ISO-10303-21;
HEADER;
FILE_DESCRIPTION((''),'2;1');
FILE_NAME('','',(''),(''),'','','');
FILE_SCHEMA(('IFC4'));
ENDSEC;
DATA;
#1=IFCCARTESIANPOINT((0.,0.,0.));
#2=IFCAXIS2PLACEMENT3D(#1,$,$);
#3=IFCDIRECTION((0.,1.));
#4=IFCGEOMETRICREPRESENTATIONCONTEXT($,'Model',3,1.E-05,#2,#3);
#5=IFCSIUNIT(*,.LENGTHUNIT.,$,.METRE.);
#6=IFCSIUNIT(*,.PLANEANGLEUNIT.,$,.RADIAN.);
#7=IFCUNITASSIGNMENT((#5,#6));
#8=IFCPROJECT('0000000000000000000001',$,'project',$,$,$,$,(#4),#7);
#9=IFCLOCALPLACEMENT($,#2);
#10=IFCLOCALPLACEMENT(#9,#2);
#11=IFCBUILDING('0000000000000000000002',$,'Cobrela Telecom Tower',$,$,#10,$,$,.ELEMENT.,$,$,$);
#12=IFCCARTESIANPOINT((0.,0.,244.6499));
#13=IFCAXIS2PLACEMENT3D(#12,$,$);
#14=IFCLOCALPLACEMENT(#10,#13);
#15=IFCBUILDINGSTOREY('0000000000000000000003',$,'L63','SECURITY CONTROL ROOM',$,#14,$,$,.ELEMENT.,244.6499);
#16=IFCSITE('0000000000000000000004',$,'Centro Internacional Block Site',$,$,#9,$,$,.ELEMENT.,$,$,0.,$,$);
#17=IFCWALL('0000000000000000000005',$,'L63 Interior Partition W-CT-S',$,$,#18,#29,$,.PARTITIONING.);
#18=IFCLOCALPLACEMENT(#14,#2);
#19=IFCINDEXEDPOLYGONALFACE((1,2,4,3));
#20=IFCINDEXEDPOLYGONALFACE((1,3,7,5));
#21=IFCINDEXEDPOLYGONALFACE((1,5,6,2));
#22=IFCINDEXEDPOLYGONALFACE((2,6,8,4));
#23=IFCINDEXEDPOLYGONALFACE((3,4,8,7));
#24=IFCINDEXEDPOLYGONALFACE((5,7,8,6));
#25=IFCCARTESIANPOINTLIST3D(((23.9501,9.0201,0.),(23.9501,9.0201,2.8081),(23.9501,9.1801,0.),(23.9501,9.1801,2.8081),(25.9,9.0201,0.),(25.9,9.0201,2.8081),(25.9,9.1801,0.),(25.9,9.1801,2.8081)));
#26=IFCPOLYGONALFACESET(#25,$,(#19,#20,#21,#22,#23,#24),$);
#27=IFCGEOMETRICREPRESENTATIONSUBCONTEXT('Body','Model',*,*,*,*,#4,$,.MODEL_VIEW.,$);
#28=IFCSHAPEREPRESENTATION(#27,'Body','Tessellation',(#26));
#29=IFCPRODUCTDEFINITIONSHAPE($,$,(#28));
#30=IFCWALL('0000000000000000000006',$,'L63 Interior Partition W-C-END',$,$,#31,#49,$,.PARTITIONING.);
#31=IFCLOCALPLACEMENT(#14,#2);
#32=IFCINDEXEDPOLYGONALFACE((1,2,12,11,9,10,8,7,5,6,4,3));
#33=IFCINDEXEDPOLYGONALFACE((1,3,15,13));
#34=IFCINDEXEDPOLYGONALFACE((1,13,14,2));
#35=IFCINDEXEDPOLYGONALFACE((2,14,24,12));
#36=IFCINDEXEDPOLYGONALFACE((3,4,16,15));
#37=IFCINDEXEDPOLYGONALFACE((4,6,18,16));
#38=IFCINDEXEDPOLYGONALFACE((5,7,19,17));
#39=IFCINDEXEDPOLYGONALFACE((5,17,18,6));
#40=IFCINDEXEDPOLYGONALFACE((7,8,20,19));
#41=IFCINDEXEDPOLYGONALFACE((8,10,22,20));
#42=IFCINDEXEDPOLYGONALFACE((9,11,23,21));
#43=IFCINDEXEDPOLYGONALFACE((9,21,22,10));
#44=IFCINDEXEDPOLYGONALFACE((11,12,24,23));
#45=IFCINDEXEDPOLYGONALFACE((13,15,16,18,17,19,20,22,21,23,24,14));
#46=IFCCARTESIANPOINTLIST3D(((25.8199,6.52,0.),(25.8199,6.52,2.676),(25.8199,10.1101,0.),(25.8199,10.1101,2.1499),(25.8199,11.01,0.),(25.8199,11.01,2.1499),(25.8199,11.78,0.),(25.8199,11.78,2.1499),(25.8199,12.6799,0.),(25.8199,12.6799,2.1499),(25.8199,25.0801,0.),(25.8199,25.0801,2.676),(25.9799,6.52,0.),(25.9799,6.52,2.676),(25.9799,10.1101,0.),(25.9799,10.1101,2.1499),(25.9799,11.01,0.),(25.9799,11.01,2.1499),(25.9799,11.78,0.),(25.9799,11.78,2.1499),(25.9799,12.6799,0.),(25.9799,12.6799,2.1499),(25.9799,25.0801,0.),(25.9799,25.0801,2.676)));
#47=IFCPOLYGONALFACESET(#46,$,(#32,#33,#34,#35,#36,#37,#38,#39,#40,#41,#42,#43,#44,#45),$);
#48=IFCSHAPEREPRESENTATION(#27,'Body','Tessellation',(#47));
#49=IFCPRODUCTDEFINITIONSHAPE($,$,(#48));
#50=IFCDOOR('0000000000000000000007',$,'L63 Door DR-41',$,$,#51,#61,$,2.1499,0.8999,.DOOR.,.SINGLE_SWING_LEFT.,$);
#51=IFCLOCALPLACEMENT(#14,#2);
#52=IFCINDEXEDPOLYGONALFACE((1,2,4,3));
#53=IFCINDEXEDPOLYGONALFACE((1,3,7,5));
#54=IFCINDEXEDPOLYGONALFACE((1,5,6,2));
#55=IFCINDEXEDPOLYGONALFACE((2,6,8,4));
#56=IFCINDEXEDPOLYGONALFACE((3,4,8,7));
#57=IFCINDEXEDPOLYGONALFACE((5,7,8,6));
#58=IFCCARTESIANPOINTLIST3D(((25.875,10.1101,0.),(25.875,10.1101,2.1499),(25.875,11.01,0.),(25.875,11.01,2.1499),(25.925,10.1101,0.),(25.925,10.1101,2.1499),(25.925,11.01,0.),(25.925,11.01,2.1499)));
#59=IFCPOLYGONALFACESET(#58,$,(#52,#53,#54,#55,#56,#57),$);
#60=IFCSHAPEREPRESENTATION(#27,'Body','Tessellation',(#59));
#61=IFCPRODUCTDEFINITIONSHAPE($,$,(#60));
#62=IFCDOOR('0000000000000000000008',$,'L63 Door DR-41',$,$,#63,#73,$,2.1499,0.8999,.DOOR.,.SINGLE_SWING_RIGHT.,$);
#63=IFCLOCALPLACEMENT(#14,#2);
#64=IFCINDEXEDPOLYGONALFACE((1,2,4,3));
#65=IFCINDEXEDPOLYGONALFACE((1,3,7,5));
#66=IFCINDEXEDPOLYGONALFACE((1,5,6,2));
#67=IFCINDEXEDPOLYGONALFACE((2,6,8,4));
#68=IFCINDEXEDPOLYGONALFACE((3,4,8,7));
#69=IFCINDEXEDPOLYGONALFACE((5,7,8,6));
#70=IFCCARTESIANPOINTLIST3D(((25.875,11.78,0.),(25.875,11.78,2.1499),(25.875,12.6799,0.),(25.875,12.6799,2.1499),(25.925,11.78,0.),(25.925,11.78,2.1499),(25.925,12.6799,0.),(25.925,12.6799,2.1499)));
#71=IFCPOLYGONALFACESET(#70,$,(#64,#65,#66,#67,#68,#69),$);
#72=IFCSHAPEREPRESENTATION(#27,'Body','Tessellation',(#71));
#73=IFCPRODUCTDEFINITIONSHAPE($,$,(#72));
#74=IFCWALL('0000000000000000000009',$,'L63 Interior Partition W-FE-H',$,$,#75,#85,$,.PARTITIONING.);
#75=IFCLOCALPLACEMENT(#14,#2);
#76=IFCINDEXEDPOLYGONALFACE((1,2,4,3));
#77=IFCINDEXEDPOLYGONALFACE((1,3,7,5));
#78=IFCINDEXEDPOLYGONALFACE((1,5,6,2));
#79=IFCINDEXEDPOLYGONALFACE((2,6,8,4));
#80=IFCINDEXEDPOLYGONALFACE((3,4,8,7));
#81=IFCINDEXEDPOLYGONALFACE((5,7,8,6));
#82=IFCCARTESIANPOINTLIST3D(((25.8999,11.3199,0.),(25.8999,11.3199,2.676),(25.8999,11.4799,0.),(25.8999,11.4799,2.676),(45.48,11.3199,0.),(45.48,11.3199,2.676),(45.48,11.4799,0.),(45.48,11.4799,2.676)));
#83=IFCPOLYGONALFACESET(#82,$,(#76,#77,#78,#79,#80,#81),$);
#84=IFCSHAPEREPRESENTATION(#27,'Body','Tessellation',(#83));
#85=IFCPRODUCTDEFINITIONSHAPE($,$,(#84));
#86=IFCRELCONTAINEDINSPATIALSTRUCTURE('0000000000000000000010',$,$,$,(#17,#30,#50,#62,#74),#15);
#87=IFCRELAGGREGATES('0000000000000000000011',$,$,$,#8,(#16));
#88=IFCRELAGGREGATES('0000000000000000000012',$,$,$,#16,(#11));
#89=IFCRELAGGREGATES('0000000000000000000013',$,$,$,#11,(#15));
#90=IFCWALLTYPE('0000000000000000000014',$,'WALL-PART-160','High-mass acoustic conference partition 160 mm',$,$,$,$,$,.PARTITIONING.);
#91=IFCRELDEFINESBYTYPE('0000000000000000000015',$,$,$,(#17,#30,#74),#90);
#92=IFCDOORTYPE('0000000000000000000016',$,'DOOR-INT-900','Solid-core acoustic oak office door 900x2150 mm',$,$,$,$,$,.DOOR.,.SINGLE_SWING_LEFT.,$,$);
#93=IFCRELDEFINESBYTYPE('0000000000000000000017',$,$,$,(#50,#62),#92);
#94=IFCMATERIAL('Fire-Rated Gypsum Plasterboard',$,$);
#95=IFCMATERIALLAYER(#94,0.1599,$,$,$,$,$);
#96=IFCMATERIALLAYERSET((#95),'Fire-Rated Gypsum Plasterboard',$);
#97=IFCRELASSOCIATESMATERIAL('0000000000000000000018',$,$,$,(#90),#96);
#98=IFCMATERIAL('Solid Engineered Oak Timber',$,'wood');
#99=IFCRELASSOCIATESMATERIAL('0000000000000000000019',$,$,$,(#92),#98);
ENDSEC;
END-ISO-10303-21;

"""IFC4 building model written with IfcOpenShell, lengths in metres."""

from ifc_helpers import new_model, si_unit, direction, frame, frame_2d, origin, place, context, subcontext, project, spatial, rectangle, extrude, material, layer, layer_set, type_object, element, fill, save


model = new_model("IFC4")

# Units and contexts
model_context = context("Model", 3, precision=1e-05, world=origin(), true_north=direction((0.0, 1.0)))
body_context = subcontext(model_context, "Body", "Model", "MODEL_VIEW")
ifc_project = project(units=[si_unit("LENGTHUNIT", "METRE"), si_unit("PLANEANGLEUNIT", "RADIAN")], contexts=[model_context])

# Site, building, storey
site_placement = place(None, origin())
site = spatial("IfcSite", under=ifc_project, at=site_placement, Name="Centro Internacional Block Site", CompositionType="ELEMENT", RefElevation=0.0)
building_placement = place(site_placement, origin())
building = spatial("IfcBuilding", under=site, at=building_placement, Name="Cobrela Telecom Tower", CompositionType="ELEMENT")
storey_placement = place(building_placement, frame((0.0, 0.0, 244.6499)))
storey = spatial("IfcBuildingStorey", under=building, at=storey_placement, Name="L63", Description="SECURITY CONTROL ROOM", CompositionType="ELEMENT", Elevation=244.6499)

# Wall
ifc_material_1 = material(Name="Fire-Rated Gypsum Plasterboard")
ifc_layer_1 = layer(ifc_material_1, 0.1599)
ifc_layer_set_1 = layer_set([ifc_layer_1], Name="Fire-Rated Gypsum Plasterboard")
wall_type_1 = type_object("IfcWallType", Name="WALL-PART-160", Description="High-mass acoustic conference partition 160 mm", PredefinedType="PARTITIONING", material=ifc_layer_set_1)
wall_1_placement = place(storey_placement, frame((23.95, 9.1001, 0.0), z_axis=(0.0, 0.0, 1.0), x_axis=(1.0, 0.0, 0.0)))
element("IfcWall", 1, at=wall_1_placement, inside=storey, type_object=wall_type_1, Name="L63 Interior Partition W-CT-S", PredefinedType="PARTITIONING", context=body_context, shape_type="SweptSolid", body=[
    extrude(rectangle(XDim=1.95, YDim=0.1599, at=frame_2d((0.9751, 0.0))), origin(), (0.0, 0.0, 1.0), 2.8081),
])

# Wall, openings, doors
wall_2_placement = place(storey_placement, frame((25.8999, 6.52, 0.0), z_axis=(0.0, 0.0, 1.0), x_axis=(0.0, 1.0, 0.0)))
wall_2 = element("IfcWall", 2, at=wall_2_placement, inside=storey, type_object=wall_type_1, Name="L63 Interior Partition W-C-END", PredefinedType="PARTITIONING", context=body_context, shape_type="SweptSolid", body=[
    extrude(rectangle(XDim=18.5601, YDim=0.1599, at=frame_2d((9.28, 0.0))), origin(), (0.0, 0.0, 1.0), 2.676),
])
opening_1_placement = place(wall_2_placement, frame((3.5901, 0.0, 0.0)))
opening_1 = element("IfcOpeningElement", 3, at=opening_1_placement, cuts=wall_2, PredefinedType="OPENING", context=body_context, shape_type="SweptSolid", body=[
    extrude(rectangle(XDim=0.8999, YDim=2.1499, at=frame_2d((0.45, 1.075))), frame((0.0, 0.0918, 0.0), z_axis=(0.0, -1.0, 0.0), x_axis=(1.0, 0.0, 0.0)), (0.0, 0.0, 1.0), 0.1838),
])
opening_2_placement = place(wall_2_placement, frame((5.26, 0.0, 0.0)))
opening_2 = element("IfcOpeningElement", 4, at=opening_2_placement, cuts=wall_2, PredefinedType="OPENING", context=body_context, shape_type="SweptSolid", body=[
    extrude(rectangle(XDim=0.8999, YDim=2.1499, at=frame_2d((0.45, 1.075))), frame((0.0, 0.0918, 0.0), z_axis=(0.0, -1.0, 0.0), x_axis=(1.0, 0.0, 0.0)), (0.0, 0.0, 1.0), 0.1838),
])
ifc_material_2 = material(Name="Solid Engineered Oak Timber", Category="wood")
door_type = type_object("IfcDoorType", Name="DOOR-INT-900", Description="Solid-core acoustic oak office door 900x2150 mm", OperationType="SINGLE_SWING_LEFT", PredefinedType="DOOR", material=ifc_material_2)
door_1_placement = place(opening_1_placement, origin())
door_1 = element("IfcDoor", 5, at=door_1_placement, inside=storey, type_object=door_type, Name="L63 Door DR-41", OperationType="SINGLE_SWING_LEFT", OverallHeight=2.1499, OverallWidth=0.8999, PredefinedType="DOOR", context=body_context, shape_type="SweptSolid", body=[
    extrude(rectangle(XDim=0.8999, YDim=2.1499, at=frame_2d((0.45, 1.075))), frame((0.0, 0.0249, 0.0), z_axis=(0.0, -1.0, 0.0), x_axis=(1.0, 0.0, 0.0)), (0.0, 0.0, 1.0), 0.05),
])
fill(opening_1, door_1)
door_2_placement = place(opening_2_placement, origin())
door_2 = element("IfcDoor", 6, at=door_2_placement, inside=storey, type_object=door_type, Name="L63 Door DR-41", OperationType="SINGLE_SWING_RIGHT", OverallHeight=2.1499, OverallWidth=0.8999, PredefinedType="DOOR", context=body_context, shape_type="SweptSolid", body=[
    extrude(rectangle(XDim=0.8999, YDim=2.1499, at=frame_2d((0.45, 1.075))), frame((0.0, 0.0249, 0.0), z_axis=(0.0, -1.0, 0.0), x_axis=(1.0, 0.0, 0.0)), (0.0, 0.0, 1.0), 0.05),
])
fill(opening_2, door_2)

# Wall
wall_3_placement = place(storey_placement, frame((25.8999, 11.3999, 0.0), z_axis=(0.0, 0.0, 1.0), x_axis=(1.0, 0.0, 0.0)))
element("IfcWall", 7, at=wall_3_placement, inside=storey, type_object=wall_type_1, Name="L63 Interior Partition W-FE-H", PredefinedType="PARTITIONING", context=body_context, shape_type="SweptSolid", body=[
    extrude(rectangle(XDim=19.5801, YDim=0.1599, at=frame_2d((9.79, 0.0))), origin(), (0.0, 0.0, 1.0), 2.676),
])

save(model, "model.ifc")
